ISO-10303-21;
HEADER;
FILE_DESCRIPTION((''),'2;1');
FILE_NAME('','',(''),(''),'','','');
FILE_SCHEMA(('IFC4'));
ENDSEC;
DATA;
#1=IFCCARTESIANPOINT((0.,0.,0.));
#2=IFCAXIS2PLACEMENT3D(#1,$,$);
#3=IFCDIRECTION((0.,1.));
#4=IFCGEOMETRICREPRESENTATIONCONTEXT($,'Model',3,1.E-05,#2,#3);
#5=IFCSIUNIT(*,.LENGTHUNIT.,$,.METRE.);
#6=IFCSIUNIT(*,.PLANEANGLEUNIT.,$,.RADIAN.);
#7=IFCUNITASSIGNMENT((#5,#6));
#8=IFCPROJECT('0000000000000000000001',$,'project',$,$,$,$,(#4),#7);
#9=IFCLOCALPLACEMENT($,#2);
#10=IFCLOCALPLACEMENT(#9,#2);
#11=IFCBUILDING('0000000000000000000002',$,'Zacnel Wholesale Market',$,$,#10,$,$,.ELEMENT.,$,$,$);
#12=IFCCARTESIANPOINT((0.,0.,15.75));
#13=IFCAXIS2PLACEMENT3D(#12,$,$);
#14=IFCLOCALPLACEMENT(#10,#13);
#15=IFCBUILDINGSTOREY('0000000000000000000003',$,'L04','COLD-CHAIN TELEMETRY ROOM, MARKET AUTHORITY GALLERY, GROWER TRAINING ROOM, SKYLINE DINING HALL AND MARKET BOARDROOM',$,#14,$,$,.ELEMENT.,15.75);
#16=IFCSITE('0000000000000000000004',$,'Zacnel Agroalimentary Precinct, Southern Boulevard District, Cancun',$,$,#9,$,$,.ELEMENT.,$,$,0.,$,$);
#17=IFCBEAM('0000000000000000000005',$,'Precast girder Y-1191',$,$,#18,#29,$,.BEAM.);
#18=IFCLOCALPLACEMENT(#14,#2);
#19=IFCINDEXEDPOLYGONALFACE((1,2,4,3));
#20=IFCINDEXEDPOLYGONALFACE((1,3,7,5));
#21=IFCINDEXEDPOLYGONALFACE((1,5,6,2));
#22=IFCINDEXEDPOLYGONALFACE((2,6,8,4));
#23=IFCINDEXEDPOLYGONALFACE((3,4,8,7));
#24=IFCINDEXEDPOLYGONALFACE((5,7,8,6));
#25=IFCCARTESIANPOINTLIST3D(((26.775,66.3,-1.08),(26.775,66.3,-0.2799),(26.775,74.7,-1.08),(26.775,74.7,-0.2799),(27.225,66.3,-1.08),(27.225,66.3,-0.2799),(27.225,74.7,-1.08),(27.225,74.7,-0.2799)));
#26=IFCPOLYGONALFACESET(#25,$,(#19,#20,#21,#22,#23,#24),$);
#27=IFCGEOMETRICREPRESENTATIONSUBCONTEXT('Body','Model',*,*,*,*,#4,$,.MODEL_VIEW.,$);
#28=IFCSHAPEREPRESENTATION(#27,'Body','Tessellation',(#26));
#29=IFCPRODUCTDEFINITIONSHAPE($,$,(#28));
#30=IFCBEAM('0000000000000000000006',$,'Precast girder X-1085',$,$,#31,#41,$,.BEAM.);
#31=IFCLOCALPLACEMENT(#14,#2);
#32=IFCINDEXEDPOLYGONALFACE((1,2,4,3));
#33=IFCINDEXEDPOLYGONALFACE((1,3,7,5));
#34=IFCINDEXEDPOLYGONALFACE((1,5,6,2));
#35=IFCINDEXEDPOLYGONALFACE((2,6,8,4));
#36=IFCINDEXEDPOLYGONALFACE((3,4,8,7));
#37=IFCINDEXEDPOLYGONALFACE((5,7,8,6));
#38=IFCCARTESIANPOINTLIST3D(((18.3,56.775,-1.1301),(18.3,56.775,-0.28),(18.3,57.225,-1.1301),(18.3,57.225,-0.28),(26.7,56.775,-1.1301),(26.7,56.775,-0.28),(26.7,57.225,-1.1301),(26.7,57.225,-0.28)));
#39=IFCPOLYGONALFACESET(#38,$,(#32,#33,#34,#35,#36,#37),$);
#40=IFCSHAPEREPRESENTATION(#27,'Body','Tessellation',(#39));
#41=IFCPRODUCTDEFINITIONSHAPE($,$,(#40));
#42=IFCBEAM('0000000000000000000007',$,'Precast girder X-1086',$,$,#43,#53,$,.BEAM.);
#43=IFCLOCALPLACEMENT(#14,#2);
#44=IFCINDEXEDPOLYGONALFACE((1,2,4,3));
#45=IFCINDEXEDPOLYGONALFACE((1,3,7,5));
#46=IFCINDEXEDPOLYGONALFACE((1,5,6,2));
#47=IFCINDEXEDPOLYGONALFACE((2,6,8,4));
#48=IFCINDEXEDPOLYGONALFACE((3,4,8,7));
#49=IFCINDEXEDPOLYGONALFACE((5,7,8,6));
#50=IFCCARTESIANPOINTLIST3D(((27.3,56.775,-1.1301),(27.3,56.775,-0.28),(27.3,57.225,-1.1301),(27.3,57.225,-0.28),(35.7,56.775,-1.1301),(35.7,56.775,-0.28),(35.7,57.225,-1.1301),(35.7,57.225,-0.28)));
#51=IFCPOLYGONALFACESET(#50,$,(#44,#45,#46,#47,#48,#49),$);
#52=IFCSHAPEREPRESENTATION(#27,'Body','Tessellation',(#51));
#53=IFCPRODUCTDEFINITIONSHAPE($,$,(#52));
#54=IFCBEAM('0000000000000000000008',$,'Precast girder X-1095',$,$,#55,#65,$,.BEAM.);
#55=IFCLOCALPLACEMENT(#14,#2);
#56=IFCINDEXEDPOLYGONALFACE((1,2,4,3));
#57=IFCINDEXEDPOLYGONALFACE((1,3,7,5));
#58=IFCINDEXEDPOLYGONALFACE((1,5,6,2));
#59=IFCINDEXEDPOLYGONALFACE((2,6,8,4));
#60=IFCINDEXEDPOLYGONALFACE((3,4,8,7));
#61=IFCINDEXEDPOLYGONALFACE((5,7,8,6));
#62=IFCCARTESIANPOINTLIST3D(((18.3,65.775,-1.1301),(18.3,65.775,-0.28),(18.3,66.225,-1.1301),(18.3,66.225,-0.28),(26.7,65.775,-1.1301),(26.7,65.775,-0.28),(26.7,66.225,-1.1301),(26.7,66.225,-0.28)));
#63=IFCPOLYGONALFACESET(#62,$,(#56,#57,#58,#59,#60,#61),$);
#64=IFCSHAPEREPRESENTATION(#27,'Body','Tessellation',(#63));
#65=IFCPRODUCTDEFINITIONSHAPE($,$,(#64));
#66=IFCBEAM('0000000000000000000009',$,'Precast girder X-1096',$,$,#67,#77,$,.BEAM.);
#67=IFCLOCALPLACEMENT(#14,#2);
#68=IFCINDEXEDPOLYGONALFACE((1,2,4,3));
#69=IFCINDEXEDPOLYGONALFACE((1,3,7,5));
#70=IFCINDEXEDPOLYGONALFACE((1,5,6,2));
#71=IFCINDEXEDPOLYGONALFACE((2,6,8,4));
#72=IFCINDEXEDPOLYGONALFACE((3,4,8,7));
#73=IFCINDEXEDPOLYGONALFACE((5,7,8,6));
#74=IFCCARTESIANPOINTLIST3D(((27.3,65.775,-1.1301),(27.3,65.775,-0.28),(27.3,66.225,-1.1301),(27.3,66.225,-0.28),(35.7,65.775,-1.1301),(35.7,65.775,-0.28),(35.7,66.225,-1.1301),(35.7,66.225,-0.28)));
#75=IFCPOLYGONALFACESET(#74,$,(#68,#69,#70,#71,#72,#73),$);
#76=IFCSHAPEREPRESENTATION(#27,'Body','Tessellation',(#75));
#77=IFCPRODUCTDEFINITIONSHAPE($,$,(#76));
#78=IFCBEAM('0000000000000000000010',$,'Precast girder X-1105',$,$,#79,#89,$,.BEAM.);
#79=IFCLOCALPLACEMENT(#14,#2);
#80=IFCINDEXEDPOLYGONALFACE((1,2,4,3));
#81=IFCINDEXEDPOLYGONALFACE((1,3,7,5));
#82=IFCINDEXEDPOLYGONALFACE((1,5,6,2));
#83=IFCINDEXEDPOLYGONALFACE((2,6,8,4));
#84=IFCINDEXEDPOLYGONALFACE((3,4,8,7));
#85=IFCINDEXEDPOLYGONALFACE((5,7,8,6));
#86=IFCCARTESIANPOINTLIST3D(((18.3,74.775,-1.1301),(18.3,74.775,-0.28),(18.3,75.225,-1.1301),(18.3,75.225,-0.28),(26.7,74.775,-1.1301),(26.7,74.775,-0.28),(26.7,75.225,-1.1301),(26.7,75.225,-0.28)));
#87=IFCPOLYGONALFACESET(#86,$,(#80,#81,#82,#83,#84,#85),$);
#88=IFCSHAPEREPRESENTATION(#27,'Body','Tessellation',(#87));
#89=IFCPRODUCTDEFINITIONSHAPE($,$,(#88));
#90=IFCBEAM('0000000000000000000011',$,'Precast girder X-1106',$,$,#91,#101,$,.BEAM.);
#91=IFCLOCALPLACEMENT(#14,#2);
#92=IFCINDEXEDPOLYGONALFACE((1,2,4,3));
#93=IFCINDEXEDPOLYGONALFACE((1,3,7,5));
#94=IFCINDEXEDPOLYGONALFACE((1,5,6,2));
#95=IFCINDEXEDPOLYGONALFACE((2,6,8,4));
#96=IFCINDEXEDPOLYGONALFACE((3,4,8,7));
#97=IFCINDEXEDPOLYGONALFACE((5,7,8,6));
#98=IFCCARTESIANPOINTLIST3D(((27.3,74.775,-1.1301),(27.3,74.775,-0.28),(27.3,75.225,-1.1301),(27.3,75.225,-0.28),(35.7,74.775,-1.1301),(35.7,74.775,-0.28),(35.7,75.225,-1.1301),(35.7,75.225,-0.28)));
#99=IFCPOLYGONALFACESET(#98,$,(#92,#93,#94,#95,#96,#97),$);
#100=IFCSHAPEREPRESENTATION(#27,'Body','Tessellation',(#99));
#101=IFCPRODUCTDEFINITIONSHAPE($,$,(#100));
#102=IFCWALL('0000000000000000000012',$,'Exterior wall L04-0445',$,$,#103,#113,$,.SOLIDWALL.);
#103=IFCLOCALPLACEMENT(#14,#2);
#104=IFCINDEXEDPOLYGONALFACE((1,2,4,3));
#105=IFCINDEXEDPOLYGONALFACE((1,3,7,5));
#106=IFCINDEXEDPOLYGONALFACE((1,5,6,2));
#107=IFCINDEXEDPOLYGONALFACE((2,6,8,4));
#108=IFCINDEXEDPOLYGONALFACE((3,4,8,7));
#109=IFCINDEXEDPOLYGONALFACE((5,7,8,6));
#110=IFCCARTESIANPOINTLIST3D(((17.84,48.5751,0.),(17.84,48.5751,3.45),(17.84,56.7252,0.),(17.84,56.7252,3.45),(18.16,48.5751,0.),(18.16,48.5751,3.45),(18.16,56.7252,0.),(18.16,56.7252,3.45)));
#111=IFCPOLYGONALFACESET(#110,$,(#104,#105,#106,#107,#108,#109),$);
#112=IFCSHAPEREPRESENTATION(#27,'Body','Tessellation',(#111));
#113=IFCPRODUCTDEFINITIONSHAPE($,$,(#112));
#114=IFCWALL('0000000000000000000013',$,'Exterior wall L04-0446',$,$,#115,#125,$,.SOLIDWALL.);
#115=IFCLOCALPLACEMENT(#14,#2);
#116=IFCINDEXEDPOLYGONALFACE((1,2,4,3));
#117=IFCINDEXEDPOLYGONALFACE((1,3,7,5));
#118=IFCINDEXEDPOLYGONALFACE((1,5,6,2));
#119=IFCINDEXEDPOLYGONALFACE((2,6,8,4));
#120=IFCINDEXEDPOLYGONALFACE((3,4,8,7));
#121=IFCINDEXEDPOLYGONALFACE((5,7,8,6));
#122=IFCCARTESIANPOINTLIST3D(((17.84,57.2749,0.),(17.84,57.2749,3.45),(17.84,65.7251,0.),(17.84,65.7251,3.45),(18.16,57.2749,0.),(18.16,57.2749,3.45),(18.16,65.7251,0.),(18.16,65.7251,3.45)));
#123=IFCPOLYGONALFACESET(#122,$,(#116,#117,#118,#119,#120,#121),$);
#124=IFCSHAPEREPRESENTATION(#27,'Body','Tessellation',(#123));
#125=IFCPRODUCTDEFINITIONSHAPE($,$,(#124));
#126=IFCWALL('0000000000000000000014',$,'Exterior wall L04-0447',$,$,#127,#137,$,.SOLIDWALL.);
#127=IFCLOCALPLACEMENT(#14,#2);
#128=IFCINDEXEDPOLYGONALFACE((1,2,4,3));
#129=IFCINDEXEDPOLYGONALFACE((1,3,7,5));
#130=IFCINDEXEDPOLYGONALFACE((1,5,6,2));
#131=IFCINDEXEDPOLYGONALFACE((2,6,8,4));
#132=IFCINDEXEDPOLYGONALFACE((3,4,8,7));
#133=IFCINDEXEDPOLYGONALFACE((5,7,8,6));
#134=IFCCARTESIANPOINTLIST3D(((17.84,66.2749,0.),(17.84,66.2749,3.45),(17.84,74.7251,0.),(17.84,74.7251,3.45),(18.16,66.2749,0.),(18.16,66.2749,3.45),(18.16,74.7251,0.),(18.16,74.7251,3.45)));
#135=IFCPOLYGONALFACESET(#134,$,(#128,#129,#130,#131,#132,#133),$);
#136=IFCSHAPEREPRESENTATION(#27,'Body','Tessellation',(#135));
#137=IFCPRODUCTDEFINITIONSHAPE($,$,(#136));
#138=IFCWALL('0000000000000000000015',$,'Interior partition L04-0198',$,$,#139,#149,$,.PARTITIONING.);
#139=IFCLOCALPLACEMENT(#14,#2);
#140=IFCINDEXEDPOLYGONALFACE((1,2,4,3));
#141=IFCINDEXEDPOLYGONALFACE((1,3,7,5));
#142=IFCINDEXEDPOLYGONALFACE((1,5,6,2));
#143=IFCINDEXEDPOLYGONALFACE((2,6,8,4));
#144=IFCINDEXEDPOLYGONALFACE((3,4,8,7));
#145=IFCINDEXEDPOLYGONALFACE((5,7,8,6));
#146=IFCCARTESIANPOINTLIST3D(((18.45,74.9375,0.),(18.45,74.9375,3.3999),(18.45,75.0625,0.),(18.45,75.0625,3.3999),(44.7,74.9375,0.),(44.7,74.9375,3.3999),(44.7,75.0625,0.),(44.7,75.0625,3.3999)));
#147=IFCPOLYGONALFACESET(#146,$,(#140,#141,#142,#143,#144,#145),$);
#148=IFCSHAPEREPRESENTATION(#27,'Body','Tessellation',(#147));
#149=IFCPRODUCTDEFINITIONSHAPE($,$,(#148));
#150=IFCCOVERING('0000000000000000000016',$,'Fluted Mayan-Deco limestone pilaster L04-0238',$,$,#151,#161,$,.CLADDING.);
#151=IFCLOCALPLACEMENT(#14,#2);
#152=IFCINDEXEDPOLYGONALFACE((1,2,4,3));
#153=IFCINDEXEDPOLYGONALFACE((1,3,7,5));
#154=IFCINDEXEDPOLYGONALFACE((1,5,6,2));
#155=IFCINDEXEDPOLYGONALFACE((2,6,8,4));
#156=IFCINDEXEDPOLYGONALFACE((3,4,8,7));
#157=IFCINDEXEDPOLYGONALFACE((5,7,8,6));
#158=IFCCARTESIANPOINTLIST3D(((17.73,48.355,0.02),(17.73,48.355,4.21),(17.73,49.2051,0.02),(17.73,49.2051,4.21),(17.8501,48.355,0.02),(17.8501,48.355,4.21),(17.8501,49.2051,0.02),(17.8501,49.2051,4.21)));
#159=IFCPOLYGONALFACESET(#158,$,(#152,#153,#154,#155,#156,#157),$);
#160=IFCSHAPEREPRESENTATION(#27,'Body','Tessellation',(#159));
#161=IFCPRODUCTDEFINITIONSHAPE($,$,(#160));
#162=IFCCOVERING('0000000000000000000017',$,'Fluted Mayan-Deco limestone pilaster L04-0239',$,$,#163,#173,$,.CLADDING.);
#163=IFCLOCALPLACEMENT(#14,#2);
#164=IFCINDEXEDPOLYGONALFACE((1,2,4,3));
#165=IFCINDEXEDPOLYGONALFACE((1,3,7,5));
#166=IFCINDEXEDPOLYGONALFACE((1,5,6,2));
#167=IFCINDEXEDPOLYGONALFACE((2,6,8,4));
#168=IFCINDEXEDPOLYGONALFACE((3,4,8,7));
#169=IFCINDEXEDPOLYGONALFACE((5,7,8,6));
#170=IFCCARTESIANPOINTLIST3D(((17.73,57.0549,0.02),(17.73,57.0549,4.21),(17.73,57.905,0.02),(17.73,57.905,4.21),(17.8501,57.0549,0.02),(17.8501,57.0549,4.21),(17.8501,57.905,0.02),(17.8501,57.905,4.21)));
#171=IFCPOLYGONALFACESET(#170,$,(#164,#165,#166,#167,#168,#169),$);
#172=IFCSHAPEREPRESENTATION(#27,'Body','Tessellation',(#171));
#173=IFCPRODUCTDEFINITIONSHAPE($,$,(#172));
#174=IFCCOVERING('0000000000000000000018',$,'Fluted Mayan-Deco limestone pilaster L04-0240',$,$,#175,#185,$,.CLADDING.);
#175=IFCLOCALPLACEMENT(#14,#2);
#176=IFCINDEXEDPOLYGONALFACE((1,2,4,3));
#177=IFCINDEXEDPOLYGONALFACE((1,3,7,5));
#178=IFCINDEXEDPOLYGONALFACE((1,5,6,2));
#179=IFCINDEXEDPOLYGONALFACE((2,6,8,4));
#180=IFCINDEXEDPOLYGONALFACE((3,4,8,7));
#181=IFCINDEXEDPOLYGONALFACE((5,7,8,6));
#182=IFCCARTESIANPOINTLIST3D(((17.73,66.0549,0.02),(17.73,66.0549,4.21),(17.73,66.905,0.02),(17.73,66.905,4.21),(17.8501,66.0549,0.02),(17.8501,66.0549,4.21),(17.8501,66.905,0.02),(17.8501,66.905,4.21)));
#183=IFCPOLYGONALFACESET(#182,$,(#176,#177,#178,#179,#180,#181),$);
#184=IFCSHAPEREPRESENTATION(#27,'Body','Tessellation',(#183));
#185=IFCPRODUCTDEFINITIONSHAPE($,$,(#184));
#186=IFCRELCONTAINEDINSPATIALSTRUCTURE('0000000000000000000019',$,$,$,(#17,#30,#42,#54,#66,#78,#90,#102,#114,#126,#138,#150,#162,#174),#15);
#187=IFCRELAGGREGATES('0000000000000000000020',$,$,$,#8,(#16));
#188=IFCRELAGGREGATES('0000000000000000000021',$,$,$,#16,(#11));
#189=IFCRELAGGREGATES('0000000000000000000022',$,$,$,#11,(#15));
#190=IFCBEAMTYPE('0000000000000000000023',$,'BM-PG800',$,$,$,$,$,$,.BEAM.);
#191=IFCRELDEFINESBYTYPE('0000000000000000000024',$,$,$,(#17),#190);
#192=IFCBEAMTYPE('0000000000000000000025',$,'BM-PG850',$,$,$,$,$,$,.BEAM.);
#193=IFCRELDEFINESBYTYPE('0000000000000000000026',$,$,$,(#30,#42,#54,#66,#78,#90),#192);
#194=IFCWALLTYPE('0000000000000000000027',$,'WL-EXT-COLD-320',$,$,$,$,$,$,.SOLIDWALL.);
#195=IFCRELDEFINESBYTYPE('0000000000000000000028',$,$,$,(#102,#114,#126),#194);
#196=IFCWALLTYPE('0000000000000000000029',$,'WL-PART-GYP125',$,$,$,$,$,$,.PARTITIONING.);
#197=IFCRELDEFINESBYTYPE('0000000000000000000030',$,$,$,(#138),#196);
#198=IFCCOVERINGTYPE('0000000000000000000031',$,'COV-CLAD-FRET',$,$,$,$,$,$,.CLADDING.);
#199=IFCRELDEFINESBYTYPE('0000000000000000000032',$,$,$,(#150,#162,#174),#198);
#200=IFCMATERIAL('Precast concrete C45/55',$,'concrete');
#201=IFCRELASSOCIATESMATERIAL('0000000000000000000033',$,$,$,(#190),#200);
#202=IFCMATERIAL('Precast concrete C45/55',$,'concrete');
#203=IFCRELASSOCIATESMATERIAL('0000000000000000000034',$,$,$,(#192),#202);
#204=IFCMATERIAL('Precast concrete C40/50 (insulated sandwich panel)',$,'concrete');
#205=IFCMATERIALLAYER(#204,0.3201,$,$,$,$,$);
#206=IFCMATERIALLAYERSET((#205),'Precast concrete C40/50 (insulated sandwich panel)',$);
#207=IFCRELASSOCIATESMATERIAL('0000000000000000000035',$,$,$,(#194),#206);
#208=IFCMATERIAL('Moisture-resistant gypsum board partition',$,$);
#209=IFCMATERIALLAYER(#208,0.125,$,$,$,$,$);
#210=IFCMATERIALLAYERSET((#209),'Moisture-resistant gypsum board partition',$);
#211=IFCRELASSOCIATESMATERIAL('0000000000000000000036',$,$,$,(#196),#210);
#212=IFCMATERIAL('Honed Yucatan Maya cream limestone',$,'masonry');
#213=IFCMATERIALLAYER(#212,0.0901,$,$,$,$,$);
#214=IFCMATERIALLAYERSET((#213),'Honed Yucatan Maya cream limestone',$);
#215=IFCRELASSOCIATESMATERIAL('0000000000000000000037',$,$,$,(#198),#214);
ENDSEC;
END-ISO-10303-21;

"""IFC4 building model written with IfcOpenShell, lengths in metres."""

from ifc_helpers import new_model, si_unit, direction, frame, frame_2d, origin, origin_2d, place, context, subcontext, project, spatial, rectangle, extrude, material, layer, layer_set, material_profile, profile_set, type_object, element, save


model = new_model("IFC4")

# Units and contexts
model_context = context("Model", 3, precision=1e-05, world=origin(), true_north=direction((0.0, 1.0)))
body_context = subcontext(model_context, "Body", "Model", "MODEL_VIEW")
ifc_project = project(units=[si_unit("LENGTHUNIT", "METRE"), si_unit("PLANEANGLEUNIT", "RADIAN")], contexts=[model_context])

# Site, building, storey
site_placement = place(None, origin())
site = spatial("IfcSite", under=ifc_project, at=site_placement, Name="Zacnel Agroalimentary Precinct, Southern Boulevard District, Cancun", CompositionType="ELEMENT", RefElevation=0.0)
building_placement = place(site_placement, origin())
building = spatial("IfcBuilding", under=site, at=building_placement, Name="Zacnel Wholesale Market", CompositionType="ELEMENT")
storey_placement = place(building_placement, frame((0.0, 0.0, 15.75)))
storey = spatial("IfcBuildingStorey", under=building, at=storey_placement, Name="L04", Description="COLD-CHAIN TELEMETRY ROOM, MARKET AUTHORITY GALLERY, GROWER TRAINING ROOM, SKYLINE DINING HALL AND MARKET BOARDROOM", CompositionType="ELEMENT", Elevation=15.75)

# Beams
ifc_material_1 = material(Name="Precast concrete C45/55", Category="concrete")
ifc_material_profile_1 = material_profile(ifc_material_1, rectangle(XDim=0.45, YDim=0.8, at=origin_2d()), Name="PG 450x800")
ifc_profile_set_1 = profile_set([ifc_material_profile_1], Name="Precast concrete C45/55")
beam_type_1 = type_object("IfcBeamType", Name="BM-PG800", PredefinedType="BEAM", material=ifc_profile_set_1)
for number, where, z_axis, x_axis, name in (
    (1, (27.0, 66.3, -0.6799), (0.0, 1.0, 0.0), (-1.0, 0.0, 0.0), "Precast girder Y-1191"),
):
    element("IfcBeam", number, at=place(storey_placement, frame(where, z_axis=z_axis, x_axis=x_axis)), inside=storey, type_object=beam_type_1, Name=name, PredefinedType="BEAM", context=body_context, shape_type="SweptSolid", body=[
        extrude(rectangle(XDim=0.45, YDim=0.8, at=origin_2d()), origin(), (0.0, 0.0, 1.0), 8.3999),
    ])
ifc_material_2 = material(Name="Precast concrete C45/55", Category="concrete")
ifc_material_profile_2 = material_profile(ifc_material_2, rectangle(XDim=0.45, YDim=0.8501, at=origin_2d()), Name="PG 450x850")
ifc_profile_set_2 = profile_set([ifc_material_profile_2], Name="Precast concrete C45/55")
beam_type_2 = type_object("IfcBeamType", Name="BM-PG850", PredefinedType="BEAM", material=ifc_profile_set_2)
for number, where, z_axis, x_axis, name in (
    (2, (18.3, 57.0, -0.7051), (1.0, 0.0, 0.0), (0.0, 1.0, 0.0), "Precast girder X-1085"),
    (3, (27.3, 57.0, -0.7051), (1.0, 0.0, 0.0), (0.0, 1.0, 0.0), "Precast girder X-1086"),
    (4, (18.3, 66.0, -0.7051), (1.0, 0.0, 0.0), (0.0, 1.0, 0.0), "Precast girder X-1095"),
    (5, (27.3, 66.0, -0.7051), (1.0, 0.0, 0.0), (0.0, 1.0, 0.0), "Precast girder X-1096"),
    (6, (18.3, 75.0, -0.7051), (1.0, 0.0, 0.0), (0.0, 1.0, 0.0), "Precast girder X-1105"),
    (7, (27.3, 75.0, -0.7051), (1.0, 0.0, 0.0), (0.0, 1.0, 0.0), "Precast girder X-1106"),
):
    element("IfcBeam", number, at=place(storey_placement, frame(where, z_axis=z_axis, x_axis=x_axis)), inside=storey, type_object=beam_type_2, Name=name, PredefinedType="BEAM", context=body_context, shape_type="SweptSolid", body=[
        extrude(rectangle(XDim=0.45, YDim=0.8501, at=origin_2d()), origin(), (0.0, 0.0, 1.0), 8.3999),
    ])

# Walls
ifc_material_3 = material(Name="Precast concrete C40/50 (insulated sandwich panel)", Category="concrete")
ifc_layer_1 = layer(ifc_material_3, 0.3201)
ifc_layer_set_1 = layer_set([ifc_layer_1], Name="Precast concrete C40/50 (insulated sandwich panel)")
wall_type_1 = type_object("IfcWallType", Name="WL-EXT-COLD-320", PredefinedType="SOLIDWALL", material=ifc_layer_set_1)
wall_1_placement = place(storey_placement, frame((18.0, 48.575, 0.0), z_axis=(0.0, 0.0, 1.0), x_axis=(0.0, 1.0, 0.0)))
element("IfcWall", 8, at=wall_1_placement, inside=storey, type_object=wall_type_1, Name="Exterior wall L04-0445", PredefinedType="SOLIDWALL", context=body_context, shape_type="SweptSolid", body=[
    extrude(rectangle(XDim=8.1501, YDim=0.3201, at=frame_2d((4.0752, 0.0))), origin(), (0.0, 0.0, 1.0), 3.45),
])
for number, where, z_axis, x_axis, name in (
    (9, (18.0, 57.2749, 0.0), (0.0, 0.0, 1.0), (0.0, 1.0, 0.0), "Exterior wall L04-0446"),
    (10, (18.0, 66.2749, 0.0), (0.0, 0.0, 1.0), (0.0, 1.0, 0.0), "Exterior wall L04-0447"),
):
    element("IfcWall", number, at=place(storey_placement, frame(where, z_axis=z_axis, x_axis=x_axis)), inside=storey, type_object=wall_type_1, Name=name, PredefinedType="SOLIDWALL", context=body_context, shape_type="SweptSolid", body=[
        extrude(rectangle(XDim=8.4502, YDim=0.3201, at=frame_2d((4.2251, 0.0))), origin(), (0.0, 0.0, 1.0), 3.45),
    ])
ifc_material_4 = material(Name="Moisture-resistant gypsum board partition")
ifc_layer_2 = layer(ifc_material_4, 0.125)
ifc_layer_set_2 = layer_set([ifc_layer_2], Name="Moisture-resistant gypsum board partition")
wall_type_2 = type_object("IfcWallType", Name="WL-PART-GYP125", PredefinedType="PARTITIONING", material=ifc_layer_set_2)
wall_2_placement = place(storey_placement, frame((18.45, 75.0, 0.0), z_axis=(0.0, 0.0, 1.0), x_axis=(1.0, 0.0, 0.0)))
element("IfcWall", 11, at=wall_2_placement, inside=storey, type_object=wall_type_2, Name="Interior partition L04-0198", PredefinedType="PARTITIONING", context=body_context, shape_type="SweptSolid", body=[
    extrude(rectangle(XDim=26.25, YDim=0.125, at=frame_2d((13.125, 0.0))), origin(), (0.0, 0.0, 1.0), 3.3999),
])

# Coverings
ifc_material_5 = material(Name="Honed Yucatan Maya cream limestone", Category="masonry")
ifc_layer_3 = layer(ifc_material_5, 0.0901)
ifc_layer_set_3 = layer_set([ifc_layer_3], Name="Honed Yucatan Maya cream limestone")
covering_type = type_object("IfcCoveringType", Name="COV-CLAD-FRET", PredefinedType="CLADDING", material=ifc_layer_set_3)
for number, where, z_axis, x_axis, name in (
    (12, (17.79, 48.78, 0.02), (0.0, 0.0, 1.0), (0.0, 1.0, 0.0), "Fluted Mayan-Deco limestone pilaster L04-0238"),
    (13, (17.79, 57.48, 0.02), (0.0, 0.0, 1.0), (0.0, 1.0, 0.0), "Fluted Mayan-Deco limestone pilaster L04-0239"),
    (14, (17.79, 66.48, 0.02), (0.0, 0.0, 1.0), (0.0, 1.0, 0.0), "Fluted Mayan-Deco limestone pilaster L04-0240"),
):
    element("IfcCovering", number, at=place(storey_placement, frame(where, z_axis=z_axis, x_axis=x_axis)), inside=storey, type_object=covering_type, Name=name, PredefinedType="CLADDING", context=body_context, shape_type="SweptSolid", body=[
        extrude(rectangle(XDim=0.8501, YDim=0.1201, at=origin_2d()), origin(), (0.0, 0.0, 1.0), 4.1899),
    ])

save(model, "model.ifc")
